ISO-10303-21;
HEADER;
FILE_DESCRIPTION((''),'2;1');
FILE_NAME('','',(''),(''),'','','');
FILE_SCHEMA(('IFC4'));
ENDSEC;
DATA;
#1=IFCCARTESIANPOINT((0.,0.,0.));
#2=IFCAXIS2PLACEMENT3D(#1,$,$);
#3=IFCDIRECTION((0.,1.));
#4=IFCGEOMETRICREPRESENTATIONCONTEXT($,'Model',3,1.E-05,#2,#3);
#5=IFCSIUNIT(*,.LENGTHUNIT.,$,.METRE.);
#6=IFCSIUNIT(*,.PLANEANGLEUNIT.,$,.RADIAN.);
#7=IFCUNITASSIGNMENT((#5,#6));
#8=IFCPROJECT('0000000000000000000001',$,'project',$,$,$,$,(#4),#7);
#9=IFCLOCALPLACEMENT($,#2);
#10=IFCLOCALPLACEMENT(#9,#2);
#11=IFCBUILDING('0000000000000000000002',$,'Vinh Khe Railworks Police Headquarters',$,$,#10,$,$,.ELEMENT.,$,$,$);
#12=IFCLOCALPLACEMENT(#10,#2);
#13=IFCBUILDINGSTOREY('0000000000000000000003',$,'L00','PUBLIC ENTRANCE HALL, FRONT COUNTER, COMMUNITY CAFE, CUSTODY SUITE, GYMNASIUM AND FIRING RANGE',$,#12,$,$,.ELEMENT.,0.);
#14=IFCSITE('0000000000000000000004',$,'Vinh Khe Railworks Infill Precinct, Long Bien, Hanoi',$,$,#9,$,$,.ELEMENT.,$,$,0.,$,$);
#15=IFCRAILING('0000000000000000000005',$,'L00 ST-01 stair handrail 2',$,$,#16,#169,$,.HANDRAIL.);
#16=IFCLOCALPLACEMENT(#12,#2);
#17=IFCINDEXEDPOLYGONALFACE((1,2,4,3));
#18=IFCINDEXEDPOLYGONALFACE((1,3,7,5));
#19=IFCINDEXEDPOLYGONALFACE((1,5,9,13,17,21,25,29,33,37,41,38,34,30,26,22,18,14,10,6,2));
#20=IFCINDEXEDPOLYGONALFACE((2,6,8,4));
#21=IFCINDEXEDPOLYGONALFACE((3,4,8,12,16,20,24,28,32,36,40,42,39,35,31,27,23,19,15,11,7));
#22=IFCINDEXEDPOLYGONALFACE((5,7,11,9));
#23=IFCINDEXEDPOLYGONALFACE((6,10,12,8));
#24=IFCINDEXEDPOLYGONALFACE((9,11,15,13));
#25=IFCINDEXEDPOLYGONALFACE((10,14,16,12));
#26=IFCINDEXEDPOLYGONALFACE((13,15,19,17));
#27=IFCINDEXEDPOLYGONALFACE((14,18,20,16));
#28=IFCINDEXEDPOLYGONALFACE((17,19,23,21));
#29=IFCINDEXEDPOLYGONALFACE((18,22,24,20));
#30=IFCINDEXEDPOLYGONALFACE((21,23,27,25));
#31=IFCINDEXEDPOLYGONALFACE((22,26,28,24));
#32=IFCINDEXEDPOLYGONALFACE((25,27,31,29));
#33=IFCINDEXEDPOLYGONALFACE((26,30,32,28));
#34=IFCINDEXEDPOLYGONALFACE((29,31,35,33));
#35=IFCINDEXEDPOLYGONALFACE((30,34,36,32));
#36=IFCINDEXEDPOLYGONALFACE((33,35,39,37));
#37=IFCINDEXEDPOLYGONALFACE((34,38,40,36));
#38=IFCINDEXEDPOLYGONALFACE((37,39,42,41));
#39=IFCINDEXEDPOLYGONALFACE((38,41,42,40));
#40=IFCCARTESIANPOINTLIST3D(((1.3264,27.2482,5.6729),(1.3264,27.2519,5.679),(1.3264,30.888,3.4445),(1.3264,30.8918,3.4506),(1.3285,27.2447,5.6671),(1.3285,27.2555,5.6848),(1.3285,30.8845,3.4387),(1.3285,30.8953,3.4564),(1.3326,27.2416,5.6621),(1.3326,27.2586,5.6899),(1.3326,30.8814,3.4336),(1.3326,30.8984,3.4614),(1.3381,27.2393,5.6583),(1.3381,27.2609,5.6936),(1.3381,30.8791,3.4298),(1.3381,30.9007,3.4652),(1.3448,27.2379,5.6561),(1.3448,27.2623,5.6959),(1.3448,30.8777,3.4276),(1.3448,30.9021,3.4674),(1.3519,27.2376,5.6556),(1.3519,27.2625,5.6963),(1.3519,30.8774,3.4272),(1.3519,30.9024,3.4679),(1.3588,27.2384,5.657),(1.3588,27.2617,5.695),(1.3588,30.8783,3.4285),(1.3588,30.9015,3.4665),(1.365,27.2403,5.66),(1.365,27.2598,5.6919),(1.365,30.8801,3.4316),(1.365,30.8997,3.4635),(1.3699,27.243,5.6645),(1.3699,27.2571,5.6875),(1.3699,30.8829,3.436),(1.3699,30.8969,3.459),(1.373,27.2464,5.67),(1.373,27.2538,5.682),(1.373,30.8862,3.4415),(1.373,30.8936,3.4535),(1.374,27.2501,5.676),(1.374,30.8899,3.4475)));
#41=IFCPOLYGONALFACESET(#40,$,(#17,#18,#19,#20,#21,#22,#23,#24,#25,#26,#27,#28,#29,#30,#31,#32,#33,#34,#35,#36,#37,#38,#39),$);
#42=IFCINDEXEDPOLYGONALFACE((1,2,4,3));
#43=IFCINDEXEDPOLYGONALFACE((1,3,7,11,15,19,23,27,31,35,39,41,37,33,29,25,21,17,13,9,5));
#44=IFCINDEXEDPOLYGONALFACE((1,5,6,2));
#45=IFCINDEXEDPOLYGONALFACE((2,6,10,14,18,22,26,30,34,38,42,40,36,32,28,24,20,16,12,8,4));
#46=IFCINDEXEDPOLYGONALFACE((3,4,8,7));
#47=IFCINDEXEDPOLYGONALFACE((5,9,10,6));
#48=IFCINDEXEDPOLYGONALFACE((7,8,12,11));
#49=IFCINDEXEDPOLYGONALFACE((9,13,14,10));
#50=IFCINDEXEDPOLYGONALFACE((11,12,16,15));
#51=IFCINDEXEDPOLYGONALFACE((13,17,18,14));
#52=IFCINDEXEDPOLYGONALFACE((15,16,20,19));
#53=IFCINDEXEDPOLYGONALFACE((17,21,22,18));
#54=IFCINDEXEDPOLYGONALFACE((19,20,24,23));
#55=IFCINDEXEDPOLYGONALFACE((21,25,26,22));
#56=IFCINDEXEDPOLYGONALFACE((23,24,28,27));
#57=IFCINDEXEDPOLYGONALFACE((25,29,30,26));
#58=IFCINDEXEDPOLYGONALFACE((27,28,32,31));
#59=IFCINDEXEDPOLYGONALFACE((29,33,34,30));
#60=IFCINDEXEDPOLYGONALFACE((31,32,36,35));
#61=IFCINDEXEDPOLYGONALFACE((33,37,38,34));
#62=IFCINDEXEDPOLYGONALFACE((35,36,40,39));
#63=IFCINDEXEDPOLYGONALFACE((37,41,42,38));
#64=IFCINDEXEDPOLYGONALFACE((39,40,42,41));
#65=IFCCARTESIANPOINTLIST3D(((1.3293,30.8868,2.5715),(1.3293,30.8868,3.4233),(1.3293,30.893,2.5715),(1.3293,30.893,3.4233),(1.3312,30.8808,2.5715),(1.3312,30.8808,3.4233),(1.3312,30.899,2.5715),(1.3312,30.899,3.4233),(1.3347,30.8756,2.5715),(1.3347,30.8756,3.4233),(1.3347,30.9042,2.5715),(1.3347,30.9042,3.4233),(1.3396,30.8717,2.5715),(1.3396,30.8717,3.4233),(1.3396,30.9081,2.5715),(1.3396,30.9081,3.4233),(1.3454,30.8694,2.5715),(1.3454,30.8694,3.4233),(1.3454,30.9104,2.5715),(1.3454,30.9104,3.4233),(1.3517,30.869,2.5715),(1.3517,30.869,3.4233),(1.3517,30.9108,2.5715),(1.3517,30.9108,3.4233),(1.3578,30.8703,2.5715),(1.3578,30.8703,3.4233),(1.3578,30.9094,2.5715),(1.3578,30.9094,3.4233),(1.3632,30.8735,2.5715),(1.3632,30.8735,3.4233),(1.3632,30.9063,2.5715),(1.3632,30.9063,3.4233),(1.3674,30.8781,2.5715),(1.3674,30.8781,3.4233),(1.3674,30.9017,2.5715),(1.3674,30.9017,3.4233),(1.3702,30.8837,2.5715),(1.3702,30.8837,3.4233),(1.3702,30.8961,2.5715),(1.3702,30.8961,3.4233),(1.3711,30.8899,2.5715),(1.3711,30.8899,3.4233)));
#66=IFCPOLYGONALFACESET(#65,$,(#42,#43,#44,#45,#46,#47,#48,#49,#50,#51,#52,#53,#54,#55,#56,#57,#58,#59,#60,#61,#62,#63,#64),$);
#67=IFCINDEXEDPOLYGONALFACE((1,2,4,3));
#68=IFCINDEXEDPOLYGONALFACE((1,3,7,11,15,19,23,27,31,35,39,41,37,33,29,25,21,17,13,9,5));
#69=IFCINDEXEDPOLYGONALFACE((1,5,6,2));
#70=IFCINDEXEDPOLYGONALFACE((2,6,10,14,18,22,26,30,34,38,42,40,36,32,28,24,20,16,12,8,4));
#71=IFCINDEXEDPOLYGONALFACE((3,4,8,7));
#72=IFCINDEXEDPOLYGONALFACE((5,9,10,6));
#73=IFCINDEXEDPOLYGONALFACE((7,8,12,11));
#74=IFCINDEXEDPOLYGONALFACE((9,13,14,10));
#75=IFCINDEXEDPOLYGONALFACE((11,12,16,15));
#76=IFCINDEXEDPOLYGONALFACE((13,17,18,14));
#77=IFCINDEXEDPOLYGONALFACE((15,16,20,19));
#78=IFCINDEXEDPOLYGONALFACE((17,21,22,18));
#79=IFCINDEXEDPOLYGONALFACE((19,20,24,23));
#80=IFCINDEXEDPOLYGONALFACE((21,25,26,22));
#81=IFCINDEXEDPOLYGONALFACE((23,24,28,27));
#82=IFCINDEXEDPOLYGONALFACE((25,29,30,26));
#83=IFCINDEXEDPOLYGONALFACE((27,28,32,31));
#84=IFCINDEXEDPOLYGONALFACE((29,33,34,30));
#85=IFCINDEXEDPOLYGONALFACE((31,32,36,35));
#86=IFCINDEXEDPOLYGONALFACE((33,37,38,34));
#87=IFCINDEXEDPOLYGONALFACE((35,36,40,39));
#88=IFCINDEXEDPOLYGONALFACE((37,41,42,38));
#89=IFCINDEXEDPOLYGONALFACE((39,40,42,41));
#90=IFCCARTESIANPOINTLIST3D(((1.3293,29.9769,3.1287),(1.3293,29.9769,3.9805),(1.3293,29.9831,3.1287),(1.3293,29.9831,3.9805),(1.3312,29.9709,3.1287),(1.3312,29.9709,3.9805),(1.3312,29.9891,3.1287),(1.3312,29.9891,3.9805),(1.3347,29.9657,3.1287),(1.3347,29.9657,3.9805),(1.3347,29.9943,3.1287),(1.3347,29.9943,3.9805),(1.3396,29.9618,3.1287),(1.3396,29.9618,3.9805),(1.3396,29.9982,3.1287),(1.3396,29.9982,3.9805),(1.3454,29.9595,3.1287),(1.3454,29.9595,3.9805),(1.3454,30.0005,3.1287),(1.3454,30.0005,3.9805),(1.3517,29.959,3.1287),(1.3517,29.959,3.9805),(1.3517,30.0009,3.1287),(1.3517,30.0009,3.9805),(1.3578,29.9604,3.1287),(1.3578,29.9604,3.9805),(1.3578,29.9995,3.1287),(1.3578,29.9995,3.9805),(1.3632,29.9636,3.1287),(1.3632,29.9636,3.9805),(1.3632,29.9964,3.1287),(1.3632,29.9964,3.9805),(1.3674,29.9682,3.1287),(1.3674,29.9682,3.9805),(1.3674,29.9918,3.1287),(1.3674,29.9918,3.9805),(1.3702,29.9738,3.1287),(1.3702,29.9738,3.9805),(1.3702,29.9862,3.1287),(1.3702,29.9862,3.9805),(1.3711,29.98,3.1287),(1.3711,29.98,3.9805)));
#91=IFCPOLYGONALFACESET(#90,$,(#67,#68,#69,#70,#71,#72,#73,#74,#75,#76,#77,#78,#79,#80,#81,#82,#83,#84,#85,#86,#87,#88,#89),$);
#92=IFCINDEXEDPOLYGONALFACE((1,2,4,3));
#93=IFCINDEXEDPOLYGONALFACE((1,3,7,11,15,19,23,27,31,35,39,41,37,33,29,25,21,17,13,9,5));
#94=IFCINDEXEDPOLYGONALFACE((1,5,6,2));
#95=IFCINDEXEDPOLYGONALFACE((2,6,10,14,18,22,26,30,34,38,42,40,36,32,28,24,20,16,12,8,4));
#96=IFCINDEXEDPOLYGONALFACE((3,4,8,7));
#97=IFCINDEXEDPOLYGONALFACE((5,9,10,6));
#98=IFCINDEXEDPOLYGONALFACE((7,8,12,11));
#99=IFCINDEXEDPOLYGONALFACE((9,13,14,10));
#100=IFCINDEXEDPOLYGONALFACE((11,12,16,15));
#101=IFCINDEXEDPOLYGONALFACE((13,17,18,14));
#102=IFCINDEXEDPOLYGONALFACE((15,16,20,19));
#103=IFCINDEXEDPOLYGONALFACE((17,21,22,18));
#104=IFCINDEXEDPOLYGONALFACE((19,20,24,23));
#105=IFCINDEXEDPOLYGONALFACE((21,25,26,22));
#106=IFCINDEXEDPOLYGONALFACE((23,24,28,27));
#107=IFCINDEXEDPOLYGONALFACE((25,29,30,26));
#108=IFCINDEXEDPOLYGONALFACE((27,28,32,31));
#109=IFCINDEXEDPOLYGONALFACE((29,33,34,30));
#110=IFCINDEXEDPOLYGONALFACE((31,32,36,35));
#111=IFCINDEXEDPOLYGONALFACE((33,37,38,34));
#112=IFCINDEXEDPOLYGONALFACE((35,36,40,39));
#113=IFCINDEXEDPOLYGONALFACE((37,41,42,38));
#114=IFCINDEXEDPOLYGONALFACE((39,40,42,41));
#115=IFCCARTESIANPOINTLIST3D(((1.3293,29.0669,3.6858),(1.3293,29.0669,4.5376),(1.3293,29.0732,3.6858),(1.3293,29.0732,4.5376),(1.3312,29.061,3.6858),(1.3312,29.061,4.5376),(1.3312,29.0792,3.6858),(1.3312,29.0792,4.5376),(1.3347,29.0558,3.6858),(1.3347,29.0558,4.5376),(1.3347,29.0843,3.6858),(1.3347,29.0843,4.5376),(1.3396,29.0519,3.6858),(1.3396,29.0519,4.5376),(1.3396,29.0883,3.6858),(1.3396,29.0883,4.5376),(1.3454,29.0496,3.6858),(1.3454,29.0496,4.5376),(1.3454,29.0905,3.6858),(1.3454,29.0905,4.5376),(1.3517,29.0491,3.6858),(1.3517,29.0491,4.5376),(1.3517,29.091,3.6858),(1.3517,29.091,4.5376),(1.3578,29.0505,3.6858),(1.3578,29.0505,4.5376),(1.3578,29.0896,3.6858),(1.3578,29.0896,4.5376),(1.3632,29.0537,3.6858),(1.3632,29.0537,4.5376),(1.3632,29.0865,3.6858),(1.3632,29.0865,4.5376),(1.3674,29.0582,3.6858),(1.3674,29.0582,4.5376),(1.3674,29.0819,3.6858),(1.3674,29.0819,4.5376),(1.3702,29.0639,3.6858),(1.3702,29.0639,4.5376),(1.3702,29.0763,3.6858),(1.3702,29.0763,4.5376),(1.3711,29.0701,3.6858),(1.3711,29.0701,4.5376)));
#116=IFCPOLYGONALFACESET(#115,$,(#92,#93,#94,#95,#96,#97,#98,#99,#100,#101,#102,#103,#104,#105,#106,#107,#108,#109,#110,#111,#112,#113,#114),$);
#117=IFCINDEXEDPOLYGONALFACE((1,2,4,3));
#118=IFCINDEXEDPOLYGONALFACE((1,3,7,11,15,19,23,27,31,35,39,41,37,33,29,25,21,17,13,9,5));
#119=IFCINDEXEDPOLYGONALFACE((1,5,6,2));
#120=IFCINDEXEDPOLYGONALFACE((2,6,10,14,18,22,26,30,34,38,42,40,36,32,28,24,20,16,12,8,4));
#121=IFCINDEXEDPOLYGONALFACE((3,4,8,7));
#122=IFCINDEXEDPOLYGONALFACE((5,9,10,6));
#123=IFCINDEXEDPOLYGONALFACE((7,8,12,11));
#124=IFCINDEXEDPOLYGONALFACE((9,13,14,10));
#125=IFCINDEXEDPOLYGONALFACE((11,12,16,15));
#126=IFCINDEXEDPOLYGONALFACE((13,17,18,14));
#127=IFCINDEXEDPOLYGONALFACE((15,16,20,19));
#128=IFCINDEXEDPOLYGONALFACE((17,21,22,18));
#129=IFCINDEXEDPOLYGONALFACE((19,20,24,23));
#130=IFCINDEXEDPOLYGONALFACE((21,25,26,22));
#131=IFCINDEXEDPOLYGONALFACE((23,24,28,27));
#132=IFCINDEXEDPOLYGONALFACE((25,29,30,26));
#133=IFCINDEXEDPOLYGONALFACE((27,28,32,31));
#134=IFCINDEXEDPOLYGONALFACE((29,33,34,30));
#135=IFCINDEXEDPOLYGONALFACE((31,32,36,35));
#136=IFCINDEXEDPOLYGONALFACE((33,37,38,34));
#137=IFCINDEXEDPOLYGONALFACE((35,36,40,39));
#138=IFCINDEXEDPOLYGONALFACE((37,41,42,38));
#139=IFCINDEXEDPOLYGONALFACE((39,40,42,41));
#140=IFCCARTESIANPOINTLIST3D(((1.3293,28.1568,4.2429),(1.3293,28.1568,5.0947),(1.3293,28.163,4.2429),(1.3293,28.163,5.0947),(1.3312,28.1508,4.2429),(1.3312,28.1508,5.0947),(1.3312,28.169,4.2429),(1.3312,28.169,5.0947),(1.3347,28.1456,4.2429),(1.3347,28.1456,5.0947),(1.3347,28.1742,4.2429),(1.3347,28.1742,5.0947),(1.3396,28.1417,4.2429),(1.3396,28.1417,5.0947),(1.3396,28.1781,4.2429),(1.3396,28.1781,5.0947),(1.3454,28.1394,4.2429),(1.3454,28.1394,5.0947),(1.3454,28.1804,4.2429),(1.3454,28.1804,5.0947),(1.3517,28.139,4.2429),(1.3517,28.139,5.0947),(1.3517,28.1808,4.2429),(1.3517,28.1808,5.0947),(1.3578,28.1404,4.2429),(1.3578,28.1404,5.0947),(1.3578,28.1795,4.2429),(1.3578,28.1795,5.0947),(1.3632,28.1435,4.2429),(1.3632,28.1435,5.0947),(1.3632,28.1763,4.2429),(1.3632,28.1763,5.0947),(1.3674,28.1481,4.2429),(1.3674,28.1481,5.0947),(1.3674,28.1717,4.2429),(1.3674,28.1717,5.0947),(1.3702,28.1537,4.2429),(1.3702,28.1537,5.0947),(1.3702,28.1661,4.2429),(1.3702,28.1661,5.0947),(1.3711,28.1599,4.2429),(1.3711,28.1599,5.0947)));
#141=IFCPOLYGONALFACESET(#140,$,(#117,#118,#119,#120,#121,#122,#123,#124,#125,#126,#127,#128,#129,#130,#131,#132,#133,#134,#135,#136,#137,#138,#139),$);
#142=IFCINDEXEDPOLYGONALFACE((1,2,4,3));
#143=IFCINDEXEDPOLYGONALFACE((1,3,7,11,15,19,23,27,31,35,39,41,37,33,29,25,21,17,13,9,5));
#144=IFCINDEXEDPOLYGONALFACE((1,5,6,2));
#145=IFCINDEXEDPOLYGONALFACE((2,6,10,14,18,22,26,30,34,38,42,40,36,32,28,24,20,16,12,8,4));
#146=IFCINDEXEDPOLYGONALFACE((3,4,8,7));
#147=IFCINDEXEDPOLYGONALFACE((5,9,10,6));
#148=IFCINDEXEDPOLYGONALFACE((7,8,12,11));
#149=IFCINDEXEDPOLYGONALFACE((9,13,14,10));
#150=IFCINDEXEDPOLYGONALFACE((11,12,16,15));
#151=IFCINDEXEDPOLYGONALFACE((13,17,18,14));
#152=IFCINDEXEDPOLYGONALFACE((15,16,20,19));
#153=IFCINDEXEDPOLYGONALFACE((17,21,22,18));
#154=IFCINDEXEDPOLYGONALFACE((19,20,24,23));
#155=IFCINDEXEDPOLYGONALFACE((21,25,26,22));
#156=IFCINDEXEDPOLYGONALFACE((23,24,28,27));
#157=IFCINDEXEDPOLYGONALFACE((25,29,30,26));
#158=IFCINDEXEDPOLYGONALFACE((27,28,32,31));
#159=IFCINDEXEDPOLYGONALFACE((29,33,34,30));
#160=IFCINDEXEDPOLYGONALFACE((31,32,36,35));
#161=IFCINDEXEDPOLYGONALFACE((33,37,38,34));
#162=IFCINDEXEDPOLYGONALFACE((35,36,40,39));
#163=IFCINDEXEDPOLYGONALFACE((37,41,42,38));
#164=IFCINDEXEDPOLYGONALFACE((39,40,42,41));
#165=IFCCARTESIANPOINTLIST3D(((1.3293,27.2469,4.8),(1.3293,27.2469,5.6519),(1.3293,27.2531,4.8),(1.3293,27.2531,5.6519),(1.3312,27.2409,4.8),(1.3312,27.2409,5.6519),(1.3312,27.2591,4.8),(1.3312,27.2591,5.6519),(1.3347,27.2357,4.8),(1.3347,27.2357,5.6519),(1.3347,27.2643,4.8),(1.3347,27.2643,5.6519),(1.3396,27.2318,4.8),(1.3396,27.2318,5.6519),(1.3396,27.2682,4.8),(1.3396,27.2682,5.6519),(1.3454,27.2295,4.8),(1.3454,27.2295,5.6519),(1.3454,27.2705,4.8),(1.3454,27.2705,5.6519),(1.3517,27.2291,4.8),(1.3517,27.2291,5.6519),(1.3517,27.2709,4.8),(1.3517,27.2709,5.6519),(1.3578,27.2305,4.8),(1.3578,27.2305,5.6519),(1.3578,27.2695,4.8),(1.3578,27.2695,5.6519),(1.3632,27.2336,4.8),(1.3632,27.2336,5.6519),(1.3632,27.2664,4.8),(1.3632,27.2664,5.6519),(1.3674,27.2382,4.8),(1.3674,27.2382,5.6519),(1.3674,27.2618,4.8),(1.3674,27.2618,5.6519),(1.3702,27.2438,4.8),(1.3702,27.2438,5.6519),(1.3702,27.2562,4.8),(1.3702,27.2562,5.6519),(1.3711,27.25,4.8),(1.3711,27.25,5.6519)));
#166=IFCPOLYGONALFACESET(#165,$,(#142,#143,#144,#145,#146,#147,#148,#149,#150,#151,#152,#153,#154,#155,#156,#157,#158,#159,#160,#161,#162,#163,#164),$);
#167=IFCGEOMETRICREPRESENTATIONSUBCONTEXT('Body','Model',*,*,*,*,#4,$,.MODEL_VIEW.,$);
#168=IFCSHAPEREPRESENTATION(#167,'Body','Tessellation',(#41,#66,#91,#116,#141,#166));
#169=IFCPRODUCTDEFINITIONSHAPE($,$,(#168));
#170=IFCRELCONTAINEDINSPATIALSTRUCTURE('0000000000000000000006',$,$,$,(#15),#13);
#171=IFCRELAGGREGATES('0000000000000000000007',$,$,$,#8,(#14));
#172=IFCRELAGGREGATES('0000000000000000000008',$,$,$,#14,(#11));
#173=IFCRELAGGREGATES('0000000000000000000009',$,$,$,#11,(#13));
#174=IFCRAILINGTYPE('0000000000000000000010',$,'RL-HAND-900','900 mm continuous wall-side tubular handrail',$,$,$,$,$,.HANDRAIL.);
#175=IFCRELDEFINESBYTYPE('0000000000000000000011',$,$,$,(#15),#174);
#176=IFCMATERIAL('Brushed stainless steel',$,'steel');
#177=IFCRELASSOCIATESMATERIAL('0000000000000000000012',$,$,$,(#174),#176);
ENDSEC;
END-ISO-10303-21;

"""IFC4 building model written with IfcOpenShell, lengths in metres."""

from ifc_helpers import new_model, si_unit, direction, frame, origin, origin_2d, place, context, subcontext, project, spatial, circle, extrude, material, type_object, element, save


model = new_model("IFC4")

# Units and contexts
model_context = context("Model", 3, precision=1e-05, world=origin(), true_north=direction((0.0, 1.0)))
body_context = subcontext(model_context, "Body", "Model", "MODEL_VIEW")
ifc_project = project(units=[si_unit("LENGTHUNIT", "METRE"), si_unit("PLANEANGLEUNIT", "RADIAN")], contexts=[model_context])

# Site, building, storey
site_placement = place(None, origin())
site = spatial("IfcSite", under=ifc_project, at=site_placement, Name="Vinh Khe Railworks Infill Precinct, Long Bien, Hanoi", CompositionType="ELEMENT", RefElevation=0.0)
building_placement = place(site_placement, origin())
building = spatial("IfcBuilding", under=site, at=building_placement, Name="Vinh Khe Railworks Police Headquarters", CompositionType="ELEMENT")
storey_placement = place(building_placement, origin())
storey = spatial("IfcBuildingStorey", under=building, at=storey_placement, Name="L00", Description="PUBLIC ENTRANCE HALL, FRONT COUNTER, COMMUNITY CAFE, CUSTODY SUITE, GYMNASIUM AND FIRING RANGE", CompositionType="ELEMENT", Elevation=0.0)

# Railing
ifc_material_1 = material(Name="Brushed stainless steel", Category="steel")
railing_type_1 = type_object("IfcRailingType", Name="RL-HAND-900", Description="900 mm continuous wall-side tubular handrail", PredefinedType="HANDRAIL", material=ifc_material_1)
railing_1_placement = place(storey_placement, frame((1.3501, 30.8899, 2.5715)))
element("IfcRailing", 1, at=railing_1_placement, inside=storey, type_object=railing_type_1, Name="L00 ST-01 stair handrail 2", PredefinedType="HANDRAIL", context=body_context, shape_type="SweptSolid", body=[
    extrude(circle(Radius=0.0239, at=origin_2d()), frame((0.0, 0.0, 0.876), z_axis=(0.0, -0.85285, 0.522156), x_axis=(1.0, 0.0, 0.0)), (0.0, 0.0, 1.0), 4.2678),
    extrude(circle(Radius=0.021, at=origin_2d()), origin(), (0.0, 0.0, 1.0), 0.8518),
    extrude(circle(Radius=0.021, at=origin_2d()), frame((0.0, -0.9099, 0.5571)), (0.0, 0.0, 1.0), 0.8518),
    extrude(circle(Radius=0.021, at=origin_2d()), frame((0.0, -1.8198, 1.1143)), (0.0, 0.0, 1.0), 0.8518),
    extrude(circle(Radius=0.021, at=origin_2d()), frame((0.0, -2.73, 1.6714)), (0.0, 0.0, 1.0), 0.8518),
    extrude(circle(Radius=0.021, at=origin_2d()), frame((0.0, -3.6399, 2.2285)), (0.0, 0.0, 1.0), 0.8518),
])

save(model, "model.ifc")
